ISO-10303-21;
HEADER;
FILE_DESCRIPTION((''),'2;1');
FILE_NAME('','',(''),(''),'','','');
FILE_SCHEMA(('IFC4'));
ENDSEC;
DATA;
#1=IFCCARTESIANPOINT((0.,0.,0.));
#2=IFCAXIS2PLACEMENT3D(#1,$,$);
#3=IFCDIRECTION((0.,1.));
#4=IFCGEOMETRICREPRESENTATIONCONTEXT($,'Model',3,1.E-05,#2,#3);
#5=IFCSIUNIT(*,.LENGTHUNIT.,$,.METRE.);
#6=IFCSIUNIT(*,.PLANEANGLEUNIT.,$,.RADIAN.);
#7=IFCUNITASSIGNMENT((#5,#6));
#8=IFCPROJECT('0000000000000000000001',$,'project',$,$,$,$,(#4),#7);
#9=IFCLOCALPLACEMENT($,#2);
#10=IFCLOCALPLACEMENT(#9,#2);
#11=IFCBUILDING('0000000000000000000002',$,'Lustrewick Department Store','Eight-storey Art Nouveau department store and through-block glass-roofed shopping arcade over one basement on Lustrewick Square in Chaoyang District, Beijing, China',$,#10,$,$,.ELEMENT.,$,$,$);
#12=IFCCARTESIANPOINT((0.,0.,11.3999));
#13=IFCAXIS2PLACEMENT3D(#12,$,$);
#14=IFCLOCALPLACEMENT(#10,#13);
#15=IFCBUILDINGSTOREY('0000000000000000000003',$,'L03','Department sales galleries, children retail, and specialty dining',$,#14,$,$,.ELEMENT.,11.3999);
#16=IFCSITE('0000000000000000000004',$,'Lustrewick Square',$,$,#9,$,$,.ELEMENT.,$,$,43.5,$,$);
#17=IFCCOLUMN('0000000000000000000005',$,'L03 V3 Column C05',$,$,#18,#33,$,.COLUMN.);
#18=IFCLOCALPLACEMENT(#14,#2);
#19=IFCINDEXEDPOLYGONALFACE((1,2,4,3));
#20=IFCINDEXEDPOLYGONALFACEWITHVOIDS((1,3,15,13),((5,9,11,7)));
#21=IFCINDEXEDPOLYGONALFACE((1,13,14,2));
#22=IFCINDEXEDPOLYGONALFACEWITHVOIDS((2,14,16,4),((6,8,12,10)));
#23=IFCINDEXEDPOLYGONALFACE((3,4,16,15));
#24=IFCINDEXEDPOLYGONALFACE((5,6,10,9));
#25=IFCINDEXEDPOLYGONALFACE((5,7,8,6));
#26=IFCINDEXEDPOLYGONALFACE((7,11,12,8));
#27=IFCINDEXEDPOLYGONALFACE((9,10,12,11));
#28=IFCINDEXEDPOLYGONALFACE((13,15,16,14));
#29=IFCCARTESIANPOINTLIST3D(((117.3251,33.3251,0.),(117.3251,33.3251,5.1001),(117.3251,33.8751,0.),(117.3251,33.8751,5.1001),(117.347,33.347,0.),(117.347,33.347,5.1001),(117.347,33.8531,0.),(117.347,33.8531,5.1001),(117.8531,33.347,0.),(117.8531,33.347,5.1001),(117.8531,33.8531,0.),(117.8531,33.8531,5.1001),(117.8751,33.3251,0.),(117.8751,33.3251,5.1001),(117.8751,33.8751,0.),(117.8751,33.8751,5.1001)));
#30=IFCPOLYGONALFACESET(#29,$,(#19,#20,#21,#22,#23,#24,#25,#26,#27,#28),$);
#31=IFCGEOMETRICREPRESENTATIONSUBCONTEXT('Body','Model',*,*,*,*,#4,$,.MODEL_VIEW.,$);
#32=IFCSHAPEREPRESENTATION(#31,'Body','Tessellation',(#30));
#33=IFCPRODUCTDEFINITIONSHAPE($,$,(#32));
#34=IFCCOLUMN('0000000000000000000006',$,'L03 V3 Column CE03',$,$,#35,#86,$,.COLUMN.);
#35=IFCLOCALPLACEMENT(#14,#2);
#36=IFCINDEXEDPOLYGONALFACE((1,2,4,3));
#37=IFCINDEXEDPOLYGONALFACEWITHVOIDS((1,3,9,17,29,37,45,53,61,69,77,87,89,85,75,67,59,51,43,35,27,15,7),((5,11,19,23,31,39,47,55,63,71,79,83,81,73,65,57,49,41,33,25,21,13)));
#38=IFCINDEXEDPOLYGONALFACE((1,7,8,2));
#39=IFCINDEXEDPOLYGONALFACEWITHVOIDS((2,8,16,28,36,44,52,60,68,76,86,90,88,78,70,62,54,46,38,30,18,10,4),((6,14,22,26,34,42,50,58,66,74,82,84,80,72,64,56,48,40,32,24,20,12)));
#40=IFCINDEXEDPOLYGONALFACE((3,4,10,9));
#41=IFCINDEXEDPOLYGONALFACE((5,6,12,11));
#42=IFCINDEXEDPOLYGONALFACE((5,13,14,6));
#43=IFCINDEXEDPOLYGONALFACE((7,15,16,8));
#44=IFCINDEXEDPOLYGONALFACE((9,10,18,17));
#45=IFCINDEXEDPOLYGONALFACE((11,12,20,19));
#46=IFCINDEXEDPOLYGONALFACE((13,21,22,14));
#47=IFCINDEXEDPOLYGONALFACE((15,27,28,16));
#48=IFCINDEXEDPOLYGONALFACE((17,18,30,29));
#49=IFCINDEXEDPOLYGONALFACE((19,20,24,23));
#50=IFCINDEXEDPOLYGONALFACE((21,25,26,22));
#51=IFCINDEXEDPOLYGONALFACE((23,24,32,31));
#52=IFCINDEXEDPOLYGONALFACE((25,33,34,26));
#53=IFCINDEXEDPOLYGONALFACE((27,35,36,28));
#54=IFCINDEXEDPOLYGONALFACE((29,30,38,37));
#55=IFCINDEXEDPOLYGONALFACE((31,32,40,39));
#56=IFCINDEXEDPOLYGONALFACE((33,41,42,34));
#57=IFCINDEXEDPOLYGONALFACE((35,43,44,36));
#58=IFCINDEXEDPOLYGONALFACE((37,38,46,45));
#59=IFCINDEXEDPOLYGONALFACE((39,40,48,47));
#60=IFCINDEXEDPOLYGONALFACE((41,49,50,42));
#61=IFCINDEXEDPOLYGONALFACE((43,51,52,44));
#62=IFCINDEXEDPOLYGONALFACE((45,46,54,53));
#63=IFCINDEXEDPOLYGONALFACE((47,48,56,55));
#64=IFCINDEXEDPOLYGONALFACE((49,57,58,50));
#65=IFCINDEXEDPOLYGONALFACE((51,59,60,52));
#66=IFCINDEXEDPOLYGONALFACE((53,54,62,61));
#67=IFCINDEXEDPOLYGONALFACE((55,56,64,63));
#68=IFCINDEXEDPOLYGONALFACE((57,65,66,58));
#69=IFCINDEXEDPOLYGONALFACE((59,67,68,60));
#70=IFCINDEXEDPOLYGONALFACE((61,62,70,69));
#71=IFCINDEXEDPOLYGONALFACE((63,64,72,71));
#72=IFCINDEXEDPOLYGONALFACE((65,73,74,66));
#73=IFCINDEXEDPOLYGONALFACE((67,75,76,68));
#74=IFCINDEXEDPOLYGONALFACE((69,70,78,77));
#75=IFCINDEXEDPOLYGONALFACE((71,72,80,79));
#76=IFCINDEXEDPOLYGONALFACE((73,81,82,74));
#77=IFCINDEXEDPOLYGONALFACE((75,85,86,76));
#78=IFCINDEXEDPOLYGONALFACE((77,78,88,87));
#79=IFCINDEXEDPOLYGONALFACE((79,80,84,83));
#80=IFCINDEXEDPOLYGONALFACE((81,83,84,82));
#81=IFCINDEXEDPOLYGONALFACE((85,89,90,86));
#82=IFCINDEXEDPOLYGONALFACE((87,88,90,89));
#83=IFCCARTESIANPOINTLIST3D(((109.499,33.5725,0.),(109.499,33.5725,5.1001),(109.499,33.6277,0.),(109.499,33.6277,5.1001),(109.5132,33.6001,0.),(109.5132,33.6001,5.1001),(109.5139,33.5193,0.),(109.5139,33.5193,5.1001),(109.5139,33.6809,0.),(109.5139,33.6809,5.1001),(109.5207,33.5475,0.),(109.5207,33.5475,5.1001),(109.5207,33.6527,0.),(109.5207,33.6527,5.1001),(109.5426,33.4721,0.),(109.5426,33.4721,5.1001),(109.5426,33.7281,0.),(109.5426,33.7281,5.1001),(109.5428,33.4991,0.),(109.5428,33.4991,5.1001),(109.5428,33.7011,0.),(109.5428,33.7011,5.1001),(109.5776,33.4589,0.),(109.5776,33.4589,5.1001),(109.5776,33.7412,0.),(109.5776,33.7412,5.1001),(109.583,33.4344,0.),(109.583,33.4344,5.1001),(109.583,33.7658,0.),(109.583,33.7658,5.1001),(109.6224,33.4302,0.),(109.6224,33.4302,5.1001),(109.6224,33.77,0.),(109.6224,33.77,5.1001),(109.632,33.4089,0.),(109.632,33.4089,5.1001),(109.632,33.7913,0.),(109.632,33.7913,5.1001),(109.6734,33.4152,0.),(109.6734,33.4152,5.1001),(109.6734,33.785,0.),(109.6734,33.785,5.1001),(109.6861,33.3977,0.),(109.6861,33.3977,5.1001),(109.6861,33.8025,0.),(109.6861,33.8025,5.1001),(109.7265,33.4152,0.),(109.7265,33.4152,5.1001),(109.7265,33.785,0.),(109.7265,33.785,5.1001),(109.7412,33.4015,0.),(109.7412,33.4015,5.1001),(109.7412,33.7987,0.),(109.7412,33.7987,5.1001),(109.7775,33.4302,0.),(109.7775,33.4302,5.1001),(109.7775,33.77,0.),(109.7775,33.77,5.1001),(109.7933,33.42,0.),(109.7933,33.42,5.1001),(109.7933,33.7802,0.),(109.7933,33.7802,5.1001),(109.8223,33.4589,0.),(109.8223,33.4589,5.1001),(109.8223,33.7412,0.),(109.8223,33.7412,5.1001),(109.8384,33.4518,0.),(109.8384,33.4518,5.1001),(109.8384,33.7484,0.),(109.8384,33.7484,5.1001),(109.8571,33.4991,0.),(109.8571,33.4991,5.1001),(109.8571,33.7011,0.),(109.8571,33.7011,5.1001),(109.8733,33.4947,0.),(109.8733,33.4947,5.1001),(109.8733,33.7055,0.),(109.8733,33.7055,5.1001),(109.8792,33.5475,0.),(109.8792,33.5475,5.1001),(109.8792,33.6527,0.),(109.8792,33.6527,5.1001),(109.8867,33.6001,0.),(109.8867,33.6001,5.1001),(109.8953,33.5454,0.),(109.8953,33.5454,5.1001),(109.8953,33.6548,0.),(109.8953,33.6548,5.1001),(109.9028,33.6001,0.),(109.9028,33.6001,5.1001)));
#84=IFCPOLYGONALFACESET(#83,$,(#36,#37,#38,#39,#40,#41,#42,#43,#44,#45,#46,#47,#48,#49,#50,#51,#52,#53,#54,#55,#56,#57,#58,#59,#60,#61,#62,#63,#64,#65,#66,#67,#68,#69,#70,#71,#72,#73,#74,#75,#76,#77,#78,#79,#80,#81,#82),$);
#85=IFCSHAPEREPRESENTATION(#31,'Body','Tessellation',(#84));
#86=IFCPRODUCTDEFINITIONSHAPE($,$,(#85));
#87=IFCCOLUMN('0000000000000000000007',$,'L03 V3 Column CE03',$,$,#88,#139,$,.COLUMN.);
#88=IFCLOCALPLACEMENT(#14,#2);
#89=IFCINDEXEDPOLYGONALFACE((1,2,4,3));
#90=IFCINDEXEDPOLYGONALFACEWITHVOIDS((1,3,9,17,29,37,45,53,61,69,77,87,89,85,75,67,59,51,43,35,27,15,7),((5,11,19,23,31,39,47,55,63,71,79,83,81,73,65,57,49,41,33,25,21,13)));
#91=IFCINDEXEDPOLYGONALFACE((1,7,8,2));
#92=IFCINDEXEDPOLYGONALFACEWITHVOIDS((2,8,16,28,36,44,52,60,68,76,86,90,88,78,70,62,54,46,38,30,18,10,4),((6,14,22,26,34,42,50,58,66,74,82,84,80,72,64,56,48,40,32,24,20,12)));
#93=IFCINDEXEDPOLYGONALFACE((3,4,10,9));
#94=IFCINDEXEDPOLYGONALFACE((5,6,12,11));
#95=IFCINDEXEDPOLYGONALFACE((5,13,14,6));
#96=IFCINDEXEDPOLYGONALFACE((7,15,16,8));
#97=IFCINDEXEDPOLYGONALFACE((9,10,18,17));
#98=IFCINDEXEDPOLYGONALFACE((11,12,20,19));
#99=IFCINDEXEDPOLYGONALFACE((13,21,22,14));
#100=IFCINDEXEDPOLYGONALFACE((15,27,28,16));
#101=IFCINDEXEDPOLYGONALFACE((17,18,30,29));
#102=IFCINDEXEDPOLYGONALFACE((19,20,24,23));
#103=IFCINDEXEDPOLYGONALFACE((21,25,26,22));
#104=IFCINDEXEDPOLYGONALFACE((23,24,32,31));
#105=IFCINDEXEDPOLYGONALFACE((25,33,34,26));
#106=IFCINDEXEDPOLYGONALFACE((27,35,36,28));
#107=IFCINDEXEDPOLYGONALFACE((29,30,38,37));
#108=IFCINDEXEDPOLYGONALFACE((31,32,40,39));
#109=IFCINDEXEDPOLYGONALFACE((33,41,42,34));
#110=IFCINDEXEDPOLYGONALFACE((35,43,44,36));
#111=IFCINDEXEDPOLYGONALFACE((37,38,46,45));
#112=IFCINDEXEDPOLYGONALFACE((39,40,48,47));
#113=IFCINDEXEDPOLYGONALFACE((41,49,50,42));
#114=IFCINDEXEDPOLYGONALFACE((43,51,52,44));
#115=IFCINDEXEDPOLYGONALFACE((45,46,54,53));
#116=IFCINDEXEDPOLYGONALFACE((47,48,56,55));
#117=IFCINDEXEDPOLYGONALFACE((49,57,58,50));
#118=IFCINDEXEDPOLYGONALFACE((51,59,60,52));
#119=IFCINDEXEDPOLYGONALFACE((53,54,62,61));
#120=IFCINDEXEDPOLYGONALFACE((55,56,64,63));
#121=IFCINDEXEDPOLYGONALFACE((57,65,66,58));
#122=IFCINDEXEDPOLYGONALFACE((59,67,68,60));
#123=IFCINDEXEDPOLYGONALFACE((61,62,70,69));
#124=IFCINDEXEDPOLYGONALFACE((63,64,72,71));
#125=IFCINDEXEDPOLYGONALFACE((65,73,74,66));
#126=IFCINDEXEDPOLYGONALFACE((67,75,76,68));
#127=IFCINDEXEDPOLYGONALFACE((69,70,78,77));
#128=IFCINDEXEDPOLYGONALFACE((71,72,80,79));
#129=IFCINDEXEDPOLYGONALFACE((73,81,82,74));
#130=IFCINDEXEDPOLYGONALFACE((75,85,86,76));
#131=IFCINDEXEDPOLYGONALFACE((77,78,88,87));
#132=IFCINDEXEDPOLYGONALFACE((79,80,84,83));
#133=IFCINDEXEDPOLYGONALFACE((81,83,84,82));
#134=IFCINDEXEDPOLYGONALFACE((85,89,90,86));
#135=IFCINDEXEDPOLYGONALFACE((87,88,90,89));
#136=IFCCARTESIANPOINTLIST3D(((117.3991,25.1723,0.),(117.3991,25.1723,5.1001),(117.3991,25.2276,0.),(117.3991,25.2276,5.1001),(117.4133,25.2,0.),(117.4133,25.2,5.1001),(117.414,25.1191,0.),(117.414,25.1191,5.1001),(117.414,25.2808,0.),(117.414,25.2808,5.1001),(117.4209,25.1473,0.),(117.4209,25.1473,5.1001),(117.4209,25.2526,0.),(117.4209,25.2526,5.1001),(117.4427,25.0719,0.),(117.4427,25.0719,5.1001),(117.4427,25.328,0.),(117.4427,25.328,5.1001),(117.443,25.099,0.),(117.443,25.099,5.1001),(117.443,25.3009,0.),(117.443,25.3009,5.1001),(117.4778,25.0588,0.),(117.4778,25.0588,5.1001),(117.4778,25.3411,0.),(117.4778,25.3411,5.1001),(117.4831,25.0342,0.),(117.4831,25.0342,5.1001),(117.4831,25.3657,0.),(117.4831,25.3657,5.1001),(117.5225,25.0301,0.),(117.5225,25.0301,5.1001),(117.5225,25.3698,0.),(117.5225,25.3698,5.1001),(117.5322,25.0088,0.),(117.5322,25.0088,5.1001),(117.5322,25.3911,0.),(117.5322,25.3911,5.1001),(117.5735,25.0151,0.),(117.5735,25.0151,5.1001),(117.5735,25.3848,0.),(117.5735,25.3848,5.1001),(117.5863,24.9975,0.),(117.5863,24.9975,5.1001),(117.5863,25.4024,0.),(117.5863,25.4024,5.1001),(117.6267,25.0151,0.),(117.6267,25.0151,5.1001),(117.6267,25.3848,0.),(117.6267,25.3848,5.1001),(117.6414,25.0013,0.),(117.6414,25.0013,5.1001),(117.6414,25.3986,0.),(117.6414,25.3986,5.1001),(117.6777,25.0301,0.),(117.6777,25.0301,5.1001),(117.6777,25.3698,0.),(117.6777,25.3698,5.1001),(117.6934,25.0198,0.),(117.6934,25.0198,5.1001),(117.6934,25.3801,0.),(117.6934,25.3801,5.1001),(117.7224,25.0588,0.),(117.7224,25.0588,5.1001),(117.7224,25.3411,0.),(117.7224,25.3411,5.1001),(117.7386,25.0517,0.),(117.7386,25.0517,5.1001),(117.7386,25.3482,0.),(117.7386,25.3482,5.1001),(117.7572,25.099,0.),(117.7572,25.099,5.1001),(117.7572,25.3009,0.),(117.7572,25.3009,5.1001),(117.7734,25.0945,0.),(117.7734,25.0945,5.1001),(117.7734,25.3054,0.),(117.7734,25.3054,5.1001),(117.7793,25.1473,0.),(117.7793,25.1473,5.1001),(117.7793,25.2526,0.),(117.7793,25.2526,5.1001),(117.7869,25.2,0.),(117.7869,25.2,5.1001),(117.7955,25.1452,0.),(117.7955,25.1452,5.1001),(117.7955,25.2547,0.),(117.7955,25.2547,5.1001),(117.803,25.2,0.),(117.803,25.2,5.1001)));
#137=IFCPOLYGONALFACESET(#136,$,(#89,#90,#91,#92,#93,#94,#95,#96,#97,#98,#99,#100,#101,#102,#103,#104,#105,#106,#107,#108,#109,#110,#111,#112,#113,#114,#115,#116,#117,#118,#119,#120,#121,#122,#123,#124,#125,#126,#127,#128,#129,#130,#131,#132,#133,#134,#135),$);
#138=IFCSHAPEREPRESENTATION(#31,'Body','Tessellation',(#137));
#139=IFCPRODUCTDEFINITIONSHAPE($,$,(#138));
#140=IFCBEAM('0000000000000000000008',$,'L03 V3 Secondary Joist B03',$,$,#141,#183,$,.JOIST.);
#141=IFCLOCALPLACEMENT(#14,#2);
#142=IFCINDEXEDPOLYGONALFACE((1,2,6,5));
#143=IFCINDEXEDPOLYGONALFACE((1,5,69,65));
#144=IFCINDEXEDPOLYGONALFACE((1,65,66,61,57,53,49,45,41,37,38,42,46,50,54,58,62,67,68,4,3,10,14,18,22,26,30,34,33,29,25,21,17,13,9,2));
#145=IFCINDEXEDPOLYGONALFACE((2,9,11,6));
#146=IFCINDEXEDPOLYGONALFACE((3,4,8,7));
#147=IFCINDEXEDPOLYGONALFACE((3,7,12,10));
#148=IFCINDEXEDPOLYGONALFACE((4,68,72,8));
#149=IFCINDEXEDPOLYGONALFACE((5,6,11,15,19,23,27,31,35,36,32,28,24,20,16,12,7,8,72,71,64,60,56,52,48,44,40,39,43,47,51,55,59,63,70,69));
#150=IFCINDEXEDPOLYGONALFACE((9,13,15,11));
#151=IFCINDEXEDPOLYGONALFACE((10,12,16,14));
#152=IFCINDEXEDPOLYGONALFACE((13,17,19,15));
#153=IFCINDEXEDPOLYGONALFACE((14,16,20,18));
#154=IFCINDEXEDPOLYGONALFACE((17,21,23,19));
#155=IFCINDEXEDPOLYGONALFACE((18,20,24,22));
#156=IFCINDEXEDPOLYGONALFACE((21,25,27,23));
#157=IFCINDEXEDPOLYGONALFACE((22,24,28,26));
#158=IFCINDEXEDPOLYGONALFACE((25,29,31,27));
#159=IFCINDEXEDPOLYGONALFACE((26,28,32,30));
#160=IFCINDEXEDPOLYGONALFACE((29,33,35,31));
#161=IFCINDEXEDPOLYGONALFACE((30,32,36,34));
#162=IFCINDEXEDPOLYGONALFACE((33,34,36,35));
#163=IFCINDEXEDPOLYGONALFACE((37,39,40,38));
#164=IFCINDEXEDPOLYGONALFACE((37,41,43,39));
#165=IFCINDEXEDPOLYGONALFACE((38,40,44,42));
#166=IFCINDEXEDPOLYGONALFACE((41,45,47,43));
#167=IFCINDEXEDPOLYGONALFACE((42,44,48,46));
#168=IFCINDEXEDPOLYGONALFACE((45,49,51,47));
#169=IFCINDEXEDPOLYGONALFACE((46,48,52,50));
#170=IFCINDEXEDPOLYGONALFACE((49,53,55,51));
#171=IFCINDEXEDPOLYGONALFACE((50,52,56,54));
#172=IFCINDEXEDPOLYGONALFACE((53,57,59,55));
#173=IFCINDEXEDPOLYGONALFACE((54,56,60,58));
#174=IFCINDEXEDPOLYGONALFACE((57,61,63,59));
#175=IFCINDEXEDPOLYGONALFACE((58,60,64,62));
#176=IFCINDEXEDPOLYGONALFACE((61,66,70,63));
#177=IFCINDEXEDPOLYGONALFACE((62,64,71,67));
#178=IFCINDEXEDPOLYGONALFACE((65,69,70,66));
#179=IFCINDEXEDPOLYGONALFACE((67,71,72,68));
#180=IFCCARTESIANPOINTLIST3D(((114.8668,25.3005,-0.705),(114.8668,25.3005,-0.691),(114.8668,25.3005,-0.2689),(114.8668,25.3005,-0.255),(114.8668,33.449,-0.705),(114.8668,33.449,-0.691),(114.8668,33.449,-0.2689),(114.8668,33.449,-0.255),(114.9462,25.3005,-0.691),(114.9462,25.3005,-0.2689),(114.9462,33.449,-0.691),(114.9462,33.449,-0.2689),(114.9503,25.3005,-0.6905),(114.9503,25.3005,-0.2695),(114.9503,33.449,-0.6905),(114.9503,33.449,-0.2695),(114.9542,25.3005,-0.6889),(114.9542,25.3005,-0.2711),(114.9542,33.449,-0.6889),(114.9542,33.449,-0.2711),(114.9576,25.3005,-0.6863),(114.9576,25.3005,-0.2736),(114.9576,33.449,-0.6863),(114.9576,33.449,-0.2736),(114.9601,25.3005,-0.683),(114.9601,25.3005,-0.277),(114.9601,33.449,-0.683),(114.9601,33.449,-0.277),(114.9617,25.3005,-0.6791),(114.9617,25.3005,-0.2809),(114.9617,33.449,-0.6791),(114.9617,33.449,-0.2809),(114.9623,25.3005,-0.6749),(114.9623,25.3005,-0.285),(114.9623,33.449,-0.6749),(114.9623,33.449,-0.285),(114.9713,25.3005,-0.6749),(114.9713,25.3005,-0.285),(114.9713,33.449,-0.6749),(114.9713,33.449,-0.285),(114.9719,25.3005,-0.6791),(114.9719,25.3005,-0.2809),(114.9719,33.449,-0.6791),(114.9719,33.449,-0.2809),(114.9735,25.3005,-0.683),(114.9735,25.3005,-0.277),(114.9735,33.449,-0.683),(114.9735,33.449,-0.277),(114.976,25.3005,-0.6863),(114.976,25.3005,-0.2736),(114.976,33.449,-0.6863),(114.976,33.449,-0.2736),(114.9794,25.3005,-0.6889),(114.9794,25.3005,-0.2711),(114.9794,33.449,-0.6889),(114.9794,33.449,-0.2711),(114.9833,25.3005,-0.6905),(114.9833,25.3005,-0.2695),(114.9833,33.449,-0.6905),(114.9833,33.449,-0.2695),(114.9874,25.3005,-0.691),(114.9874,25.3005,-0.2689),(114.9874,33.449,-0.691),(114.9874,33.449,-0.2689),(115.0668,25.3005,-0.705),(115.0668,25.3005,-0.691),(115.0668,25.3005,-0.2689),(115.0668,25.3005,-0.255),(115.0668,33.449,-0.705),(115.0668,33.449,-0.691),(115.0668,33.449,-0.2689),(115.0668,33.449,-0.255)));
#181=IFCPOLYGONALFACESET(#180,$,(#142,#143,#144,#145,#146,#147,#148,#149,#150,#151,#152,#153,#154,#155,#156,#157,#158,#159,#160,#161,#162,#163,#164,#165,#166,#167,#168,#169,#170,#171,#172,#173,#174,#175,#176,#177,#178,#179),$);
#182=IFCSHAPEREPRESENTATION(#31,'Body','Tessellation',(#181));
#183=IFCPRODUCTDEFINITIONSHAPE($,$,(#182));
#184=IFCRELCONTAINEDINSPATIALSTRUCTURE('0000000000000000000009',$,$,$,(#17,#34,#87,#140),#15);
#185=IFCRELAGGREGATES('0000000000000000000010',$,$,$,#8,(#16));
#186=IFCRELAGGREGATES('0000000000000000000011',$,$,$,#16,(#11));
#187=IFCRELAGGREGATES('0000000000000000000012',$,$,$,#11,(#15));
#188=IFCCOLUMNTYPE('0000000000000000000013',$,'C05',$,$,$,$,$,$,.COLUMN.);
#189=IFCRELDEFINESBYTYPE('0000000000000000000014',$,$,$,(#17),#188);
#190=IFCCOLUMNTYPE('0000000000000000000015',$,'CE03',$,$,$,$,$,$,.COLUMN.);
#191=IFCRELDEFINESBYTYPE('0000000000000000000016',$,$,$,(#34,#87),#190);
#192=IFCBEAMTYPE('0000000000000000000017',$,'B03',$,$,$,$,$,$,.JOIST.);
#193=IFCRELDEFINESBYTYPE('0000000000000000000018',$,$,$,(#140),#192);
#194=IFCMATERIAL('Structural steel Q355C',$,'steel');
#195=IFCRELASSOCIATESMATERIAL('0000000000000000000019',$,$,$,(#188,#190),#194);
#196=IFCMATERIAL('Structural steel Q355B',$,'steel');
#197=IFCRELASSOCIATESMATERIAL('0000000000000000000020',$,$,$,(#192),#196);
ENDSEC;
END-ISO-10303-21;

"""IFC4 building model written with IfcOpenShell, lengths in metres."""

from ifc_helpers import new_model, si_unit, direction, frame, origin, origin_2d, place, context, subcontext, project, spatial, hollow_rectangle, hollow_circle, i_section, extrude, material, material_profile, profile_set, type_object, element, save


model = new_model("IFC4")

# Units and contexts
model_context = context("Model", 3, precision=1e-05, world=origin(), true_north=direction((0.0, 1.0)))
body_context = subcontext(model_context, "Body", "Model", "MODEL_VIEW")
ifc_project = project(units=[si_unit("LENGTHUNIT", "METRE"), si_unit("PLANEANGLEUNIT", "RADIAN")], contexts=[model_context])

# Site, building, storey
site_placement = place(None, origin())
site = spatial("IfcSite", under=ifc_project, at=site_placement, Name="Lustrewick Square", CompositionType="ELEMENT", RefElevation=43.5)
building_placement = place(site_placement, origin())
building = spatial("IfcBuilding", under=site, at=building_placement, Name="Lustrewick Department Store", Description="Eight-storey Art Nouveau department store and through-block glass-roofed shopping arcade over one basement on Lustrewick Square in Chaoyang District, Beijing, China", CompositionType="ELEMENT")
storey_placement = place(building_placement, frame((0.0, 0.0, 11.3999)))
storey = spatial("IfcBuildingStorey", under=building, at=storey_placement, Name="L03", Description="Department sales galleries, children retail, and specialty dining", CompositionType="ELEMENT", Elevation=11.3999)

# Columns
ifc_material_1 = material(Name="Structural steel Q355C", Category="steel")
ifc_material_profile_1 = material_profile(ifc_material_1, hollow_rectangle(XDim=0.55, YDim=0.55, WallThickness=0.022, at=origin_2d()), Name="BOX 550x550x22")
ifc_profile_set_1 = profile_set([ifc_material_profile_1], Name="Structural steel Q355C")
column_type_1 = type_object("IfcColumnType", Name="C05", PredefinedType="COLUMN", material=ifc_profile_set_1)
column_placement = place(storey_placement, frame((117.6001, 33.6001, 0.0), z_axis=(0.0, 0.0, 1.0), x_axis=(1.0, 0.0, 0.0)))
element("IfcColumn", 1, at=column_placement, inside=storey, type_object=column_type_1, Name="L03 V3 Column C05", PredefinedType="COLUMN", context=body_context, shape_type="SweptSolid", body=[
    extrude(hollow_rectangle(XDim=0.55, YDim=0.55, WallThickness=0.022, at=origin_2d()), origin(), (0.0, 0.0, 1.0), 5.1001),
])
ifc_material_profile_2 = material_profile(ifc_material_1, hollow_circle(Radius=0.2029, WallThickness=0.0161, at=origin_2d()), Name="CHS 406x16")
ifc_profile_set_2 = profile_set([ifc_material_profile_2], Name="Structural steel Q355C")
column_type_2 = type_object("IfcColumnType", Name="CE03", PredefinedType="COLUMN", material=ifc_profile_set_2)
for number, where, z_axis, x_axis, name in (
    (2, (109.7, 33.6001, 0.0), (0.0, 0.0, 1.0), (1.0, 0.0, 0.0), "L03 V3 Column CE03"),
    (3, (117.6001, 25.2, 0.0), (0.0, 0.0, 1.0), (1.0, 0.0, 0.0), "L03 V3 Column CE03"),
):
    element("IfcColumn", number, at=place(storey_placement, frame(where, z_axis=z_axis, x_axis=x_axis)), inside=storey, type_object=column_type_2, Name=name, PredefinedType="COLUMN", context=body_context, shape_type="SweptSolid", body=[
        extrude(hollow_circle(Radius=0.2029, WallThickness=0.0161, at=origin_2d()), origin(), (0.0, 0.0, 1.0), 5.1001),
    ])

# Beam
ifc_material_2 = material(Name="Structural steel Q355B", Category="steel")
ifc_material_profile_3 = material_profile(ifc_material_2, i_section(OverallWidth=0.2, OverallDepth=0.45, WebThickness=0.009, FlangeThickness=0.0139, FilletRadius=0.0161, at=origin_2d()), Name="HN 450x200x9x14")
ifc_profile_set_3 = profile_set([ifc_material_profile_3], Name="Structural steel Q355B")
beam_type_1 = type_object("IfcBeamType", Name="B03", PredefinedType="JOIST", material=ifc_profile_set_3)
beam_1_placement = place(storey_placement, frame((114.9668, 25.3005, -0.48), z_axis=(0.0, 1.0, 0.0), x_axis=(-1.0, 0.0, 0.0)))
element("IfcBeam", 4, at=beam_1_placement, inside=storey, type_object=beam_type_1, Name="L03 V3 Secondary Joist B03", PredefinedType="JOIST", context=body_context, shape_type="SweptSolid", body=[
    extrude(i_section(OverallWidth=0.2, OverallDepth=0.45, WebThickness=0.009, FlangeThickness=0.0139, FilletRadius=0.0161, at=origin_2d()), origin(), (0.0, 0.0, 1.0), 8.1484),
])

save(model, "model.ifc")
